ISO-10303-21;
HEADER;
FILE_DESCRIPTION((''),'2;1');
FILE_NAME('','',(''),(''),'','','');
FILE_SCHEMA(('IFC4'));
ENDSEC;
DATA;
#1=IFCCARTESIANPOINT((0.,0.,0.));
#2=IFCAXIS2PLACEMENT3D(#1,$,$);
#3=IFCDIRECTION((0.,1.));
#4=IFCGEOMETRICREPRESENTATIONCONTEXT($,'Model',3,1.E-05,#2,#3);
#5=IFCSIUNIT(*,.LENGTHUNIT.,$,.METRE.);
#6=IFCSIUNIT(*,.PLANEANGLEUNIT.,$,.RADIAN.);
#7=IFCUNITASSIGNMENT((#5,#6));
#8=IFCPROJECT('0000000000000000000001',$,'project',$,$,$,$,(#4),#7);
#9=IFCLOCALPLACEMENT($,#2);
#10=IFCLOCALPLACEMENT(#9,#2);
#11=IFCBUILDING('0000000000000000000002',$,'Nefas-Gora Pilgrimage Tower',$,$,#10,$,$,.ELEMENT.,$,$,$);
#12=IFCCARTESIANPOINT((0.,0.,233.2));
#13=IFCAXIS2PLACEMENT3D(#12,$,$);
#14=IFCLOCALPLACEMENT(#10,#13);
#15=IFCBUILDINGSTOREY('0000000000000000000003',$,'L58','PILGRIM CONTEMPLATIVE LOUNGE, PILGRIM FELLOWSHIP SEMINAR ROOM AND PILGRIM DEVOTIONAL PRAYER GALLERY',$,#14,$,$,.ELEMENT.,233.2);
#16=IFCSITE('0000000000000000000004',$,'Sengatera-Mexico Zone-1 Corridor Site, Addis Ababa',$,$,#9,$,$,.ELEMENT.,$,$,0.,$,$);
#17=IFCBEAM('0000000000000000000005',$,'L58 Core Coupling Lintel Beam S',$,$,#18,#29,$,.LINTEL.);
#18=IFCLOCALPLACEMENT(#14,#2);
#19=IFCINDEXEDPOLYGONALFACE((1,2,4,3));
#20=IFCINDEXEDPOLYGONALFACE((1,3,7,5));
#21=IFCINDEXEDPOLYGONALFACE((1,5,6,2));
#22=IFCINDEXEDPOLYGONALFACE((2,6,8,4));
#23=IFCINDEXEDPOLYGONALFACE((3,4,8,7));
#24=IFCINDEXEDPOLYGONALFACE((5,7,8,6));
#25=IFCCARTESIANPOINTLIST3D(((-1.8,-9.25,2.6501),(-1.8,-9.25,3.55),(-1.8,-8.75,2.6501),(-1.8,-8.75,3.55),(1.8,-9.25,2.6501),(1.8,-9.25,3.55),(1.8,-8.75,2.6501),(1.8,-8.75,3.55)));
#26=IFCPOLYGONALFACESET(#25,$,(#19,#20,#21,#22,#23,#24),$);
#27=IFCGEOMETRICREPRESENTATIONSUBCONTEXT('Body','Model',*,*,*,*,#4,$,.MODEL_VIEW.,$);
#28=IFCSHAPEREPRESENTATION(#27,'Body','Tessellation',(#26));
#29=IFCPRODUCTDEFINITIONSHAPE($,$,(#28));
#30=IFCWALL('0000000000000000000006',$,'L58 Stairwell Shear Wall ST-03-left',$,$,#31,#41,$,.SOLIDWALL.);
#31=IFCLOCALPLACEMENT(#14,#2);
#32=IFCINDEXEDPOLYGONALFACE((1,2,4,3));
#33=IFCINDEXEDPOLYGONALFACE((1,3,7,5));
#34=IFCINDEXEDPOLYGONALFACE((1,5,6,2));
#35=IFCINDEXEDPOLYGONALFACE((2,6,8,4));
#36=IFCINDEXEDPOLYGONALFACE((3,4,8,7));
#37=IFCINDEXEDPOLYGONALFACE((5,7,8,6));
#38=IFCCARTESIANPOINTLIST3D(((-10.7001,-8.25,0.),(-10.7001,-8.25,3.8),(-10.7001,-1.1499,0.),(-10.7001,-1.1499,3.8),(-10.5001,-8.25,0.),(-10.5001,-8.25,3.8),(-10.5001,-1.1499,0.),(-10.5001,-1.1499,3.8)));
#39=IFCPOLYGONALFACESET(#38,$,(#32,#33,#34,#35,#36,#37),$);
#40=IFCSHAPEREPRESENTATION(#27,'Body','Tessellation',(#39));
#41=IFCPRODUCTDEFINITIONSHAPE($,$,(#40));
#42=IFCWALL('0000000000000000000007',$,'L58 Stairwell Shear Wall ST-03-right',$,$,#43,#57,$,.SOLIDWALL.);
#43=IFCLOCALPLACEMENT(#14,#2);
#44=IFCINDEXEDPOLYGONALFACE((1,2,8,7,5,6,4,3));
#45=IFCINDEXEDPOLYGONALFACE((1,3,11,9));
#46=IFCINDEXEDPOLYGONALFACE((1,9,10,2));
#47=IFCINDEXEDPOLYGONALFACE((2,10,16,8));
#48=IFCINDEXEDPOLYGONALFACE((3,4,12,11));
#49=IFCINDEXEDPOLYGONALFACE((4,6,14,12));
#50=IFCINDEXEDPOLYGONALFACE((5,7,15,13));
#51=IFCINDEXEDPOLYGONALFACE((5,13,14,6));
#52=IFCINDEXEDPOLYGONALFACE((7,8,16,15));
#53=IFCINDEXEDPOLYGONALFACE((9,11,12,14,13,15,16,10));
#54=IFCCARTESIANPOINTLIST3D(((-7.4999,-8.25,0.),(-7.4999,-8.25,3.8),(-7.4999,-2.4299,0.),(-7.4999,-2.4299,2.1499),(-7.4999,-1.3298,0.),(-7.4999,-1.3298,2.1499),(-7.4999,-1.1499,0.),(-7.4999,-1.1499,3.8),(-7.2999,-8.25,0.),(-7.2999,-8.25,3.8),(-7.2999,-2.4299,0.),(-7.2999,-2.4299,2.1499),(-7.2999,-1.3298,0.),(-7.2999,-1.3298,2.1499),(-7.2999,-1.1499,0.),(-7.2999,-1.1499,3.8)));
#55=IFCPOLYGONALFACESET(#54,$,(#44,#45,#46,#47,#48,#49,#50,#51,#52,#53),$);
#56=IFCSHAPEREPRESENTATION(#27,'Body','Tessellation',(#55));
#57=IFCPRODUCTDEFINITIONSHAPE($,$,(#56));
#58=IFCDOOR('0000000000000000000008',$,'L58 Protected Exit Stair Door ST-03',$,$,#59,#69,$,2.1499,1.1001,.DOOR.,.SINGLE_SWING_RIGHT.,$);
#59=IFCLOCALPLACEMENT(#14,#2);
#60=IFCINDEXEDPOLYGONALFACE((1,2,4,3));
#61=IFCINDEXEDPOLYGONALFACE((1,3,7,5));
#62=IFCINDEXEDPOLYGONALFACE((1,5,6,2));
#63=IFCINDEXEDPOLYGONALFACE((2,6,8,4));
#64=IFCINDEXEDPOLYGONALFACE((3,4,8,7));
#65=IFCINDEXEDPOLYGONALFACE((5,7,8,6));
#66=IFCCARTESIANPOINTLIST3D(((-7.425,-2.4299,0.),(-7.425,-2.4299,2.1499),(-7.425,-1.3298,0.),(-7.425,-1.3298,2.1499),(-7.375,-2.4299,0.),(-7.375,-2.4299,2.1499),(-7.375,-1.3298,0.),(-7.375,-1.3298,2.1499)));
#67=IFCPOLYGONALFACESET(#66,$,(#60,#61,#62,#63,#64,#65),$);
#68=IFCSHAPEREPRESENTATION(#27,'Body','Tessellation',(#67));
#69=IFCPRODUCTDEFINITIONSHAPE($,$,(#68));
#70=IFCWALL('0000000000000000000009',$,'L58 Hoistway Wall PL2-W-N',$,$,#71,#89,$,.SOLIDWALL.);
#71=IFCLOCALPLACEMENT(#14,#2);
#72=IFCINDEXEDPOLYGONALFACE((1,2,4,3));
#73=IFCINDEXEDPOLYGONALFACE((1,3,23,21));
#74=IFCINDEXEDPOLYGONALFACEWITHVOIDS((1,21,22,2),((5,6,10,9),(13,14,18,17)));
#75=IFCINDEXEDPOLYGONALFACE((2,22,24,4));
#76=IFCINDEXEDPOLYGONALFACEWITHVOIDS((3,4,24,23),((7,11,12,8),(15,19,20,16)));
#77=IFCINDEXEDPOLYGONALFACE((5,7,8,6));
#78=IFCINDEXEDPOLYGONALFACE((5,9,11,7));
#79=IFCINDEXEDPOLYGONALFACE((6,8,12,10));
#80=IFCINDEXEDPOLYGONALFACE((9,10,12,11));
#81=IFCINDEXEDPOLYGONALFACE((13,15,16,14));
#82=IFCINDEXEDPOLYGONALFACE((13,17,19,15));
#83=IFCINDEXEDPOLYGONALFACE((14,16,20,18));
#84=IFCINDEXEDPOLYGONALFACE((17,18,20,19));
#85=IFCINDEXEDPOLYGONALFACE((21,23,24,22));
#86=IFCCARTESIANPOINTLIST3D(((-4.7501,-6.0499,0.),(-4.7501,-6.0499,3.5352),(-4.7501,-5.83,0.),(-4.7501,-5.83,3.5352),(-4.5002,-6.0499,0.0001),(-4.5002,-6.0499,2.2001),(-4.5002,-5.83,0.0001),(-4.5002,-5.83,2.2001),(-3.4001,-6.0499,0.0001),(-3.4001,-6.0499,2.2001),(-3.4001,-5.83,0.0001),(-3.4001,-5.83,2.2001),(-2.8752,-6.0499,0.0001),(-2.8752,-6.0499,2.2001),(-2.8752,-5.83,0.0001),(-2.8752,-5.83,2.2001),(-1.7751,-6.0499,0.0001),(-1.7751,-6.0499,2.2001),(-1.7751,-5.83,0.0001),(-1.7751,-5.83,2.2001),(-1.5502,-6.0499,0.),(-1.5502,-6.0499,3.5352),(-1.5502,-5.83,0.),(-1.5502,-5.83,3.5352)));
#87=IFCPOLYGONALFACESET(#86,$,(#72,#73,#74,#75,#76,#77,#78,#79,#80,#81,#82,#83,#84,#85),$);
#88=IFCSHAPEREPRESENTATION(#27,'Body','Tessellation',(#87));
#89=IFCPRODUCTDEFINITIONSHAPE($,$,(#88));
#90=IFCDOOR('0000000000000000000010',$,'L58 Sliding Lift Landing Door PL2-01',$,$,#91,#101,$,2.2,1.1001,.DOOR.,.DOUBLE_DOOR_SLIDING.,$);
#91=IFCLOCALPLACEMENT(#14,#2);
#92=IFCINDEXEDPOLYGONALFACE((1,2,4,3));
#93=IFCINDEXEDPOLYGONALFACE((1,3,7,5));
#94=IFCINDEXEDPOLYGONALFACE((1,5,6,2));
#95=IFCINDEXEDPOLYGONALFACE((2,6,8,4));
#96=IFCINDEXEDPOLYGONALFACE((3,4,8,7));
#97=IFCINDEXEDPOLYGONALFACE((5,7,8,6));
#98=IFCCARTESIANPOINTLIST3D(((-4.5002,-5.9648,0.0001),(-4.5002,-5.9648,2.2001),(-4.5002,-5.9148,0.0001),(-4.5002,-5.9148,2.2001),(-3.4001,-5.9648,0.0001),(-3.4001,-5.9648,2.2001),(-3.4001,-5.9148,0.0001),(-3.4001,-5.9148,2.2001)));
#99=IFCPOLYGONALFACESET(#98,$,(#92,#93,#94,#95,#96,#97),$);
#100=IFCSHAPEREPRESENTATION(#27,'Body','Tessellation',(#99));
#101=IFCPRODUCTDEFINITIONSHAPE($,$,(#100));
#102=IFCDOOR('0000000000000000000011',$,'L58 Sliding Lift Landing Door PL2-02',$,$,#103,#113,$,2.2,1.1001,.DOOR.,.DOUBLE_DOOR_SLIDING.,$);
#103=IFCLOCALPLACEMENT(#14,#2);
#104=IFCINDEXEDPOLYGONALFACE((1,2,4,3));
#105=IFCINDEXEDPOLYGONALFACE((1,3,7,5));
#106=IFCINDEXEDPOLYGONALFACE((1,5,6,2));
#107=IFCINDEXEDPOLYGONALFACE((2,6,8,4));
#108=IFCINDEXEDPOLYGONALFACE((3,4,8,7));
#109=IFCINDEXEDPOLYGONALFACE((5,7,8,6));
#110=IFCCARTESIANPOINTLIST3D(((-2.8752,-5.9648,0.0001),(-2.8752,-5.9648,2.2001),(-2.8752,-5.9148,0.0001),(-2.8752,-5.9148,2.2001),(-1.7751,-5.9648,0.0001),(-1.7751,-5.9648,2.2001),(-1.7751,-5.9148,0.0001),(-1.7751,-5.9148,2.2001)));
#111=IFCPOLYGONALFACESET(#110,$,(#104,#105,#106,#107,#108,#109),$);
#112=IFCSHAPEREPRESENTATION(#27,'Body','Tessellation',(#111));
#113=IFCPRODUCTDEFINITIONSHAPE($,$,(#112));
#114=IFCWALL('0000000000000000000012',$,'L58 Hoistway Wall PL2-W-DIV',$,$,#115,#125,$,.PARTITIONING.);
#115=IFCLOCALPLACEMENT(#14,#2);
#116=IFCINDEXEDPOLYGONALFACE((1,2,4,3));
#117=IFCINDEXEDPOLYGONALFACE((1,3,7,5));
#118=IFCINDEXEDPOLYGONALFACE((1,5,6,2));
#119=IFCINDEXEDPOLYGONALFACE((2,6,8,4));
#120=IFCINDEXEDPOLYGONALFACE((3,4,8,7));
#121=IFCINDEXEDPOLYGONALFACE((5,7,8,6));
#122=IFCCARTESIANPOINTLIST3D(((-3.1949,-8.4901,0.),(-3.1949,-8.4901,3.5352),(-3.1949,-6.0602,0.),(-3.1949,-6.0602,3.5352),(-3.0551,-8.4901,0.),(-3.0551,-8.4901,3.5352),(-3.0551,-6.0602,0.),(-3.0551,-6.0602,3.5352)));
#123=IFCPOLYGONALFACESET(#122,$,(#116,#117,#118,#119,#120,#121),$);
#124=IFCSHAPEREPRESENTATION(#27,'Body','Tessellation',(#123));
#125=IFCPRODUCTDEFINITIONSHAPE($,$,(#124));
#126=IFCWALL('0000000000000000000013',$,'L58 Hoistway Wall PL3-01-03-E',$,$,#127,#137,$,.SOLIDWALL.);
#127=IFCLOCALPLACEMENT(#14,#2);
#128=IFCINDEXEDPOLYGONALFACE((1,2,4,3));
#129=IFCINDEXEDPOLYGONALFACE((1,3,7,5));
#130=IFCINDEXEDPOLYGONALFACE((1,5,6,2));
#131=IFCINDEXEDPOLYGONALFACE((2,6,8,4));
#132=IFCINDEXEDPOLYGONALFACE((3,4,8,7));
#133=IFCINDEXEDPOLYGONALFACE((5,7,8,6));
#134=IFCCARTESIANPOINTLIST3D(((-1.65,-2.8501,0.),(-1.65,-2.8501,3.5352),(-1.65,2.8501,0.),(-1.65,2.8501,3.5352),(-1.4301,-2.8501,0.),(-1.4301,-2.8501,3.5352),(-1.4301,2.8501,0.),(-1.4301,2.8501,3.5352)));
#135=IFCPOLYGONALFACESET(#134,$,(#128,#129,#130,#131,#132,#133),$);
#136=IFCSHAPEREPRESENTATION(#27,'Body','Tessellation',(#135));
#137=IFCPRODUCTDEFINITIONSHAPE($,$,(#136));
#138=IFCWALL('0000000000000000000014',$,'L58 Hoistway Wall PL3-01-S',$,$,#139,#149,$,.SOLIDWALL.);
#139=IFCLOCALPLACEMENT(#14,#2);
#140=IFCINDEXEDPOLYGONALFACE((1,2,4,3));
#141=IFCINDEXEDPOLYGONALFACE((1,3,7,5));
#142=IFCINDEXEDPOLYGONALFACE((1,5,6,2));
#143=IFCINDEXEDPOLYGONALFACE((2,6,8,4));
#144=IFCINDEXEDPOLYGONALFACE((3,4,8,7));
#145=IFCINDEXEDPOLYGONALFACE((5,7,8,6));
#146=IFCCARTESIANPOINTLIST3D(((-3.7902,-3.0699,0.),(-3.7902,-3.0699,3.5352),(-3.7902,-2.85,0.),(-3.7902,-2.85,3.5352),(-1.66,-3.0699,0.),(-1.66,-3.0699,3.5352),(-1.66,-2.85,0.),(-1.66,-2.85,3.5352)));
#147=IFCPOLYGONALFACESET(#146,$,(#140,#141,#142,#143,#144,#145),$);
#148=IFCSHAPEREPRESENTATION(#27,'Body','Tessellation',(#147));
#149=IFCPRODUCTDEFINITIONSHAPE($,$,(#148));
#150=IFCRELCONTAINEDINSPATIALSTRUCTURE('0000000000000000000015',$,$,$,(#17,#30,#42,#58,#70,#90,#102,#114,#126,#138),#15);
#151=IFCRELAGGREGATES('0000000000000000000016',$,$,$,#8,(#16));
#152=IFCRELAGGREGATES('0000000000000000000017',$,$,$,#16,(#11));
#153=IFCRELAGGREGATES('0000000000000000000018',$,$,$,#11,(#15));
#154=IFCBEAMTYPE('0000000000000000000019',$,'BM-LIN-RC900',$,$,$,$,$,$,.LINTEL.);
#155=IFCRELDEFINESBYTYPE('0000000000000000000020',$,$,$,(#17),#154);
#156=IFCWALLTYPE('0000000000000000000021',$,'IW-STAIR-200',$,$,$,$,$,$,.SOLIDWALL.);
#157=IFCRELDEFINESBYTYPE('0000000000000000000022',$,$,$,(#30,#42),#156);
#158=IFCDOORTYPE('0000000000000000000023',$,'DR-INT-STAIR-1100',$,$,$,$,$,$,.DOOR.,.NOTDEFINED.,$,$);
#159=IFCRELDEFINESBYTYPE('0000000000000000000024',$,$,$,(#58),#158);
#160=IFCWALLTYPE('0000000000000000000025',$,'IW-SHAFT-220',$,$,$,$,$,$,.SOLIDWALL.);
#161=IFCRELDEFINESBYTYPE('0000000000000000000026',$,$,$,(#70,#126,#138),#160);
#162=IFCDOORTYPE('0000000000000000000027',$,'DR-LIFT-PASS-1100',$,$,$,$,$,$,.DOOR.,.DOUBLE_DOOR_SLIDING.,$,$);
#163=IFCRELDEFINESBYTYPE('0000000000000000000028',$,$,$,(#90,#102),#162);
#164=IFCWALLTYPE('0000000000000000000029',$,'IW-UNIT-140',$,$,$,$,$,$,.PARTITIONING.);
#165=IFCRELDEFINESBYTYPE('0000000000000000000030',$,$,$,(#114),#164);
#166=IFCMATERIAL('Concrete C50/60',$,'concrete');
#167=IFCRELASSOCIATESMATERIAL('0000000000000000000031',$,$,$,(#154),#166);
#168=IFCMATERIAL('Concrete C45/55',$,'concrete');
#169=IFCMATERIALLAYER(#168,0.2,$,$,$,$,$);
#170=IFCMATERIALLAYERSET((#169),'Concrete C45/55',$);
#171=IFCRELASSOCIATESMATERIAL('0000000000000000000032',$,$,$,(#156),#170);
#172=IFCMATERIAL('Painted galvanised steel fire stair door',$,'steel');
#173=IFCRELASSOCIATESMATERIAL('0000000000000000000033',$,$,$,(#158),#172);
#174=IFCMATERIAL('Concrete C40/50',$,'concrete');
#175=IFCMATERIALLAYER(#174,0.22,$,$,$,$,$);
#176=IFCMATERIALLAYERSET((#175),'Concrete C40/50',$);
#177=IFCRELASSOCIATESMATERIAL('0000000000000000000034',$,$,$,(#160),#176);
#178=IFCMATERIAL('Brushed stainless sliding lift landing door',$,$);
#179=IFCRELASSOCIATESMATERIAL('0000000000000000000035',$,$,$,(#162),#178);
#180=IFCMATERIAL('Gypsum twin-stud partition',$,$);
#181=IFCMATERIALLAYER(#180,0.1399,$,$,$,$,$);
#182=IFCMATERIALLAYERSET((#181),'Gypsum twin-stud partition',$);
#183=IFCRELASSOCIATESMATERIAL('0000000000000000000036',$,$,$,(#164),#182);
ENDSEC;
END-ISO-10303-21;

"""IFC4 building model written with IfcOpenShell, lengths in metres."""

from ifc_helpers import new_model, si_unit, direction, frame, frame_2d, origin, origin_2d, place, context, subcontext, project, spatial, rectangle, extrude, source, transform, mapped, material, layer, layer_set, material_profile, profile_set, type_object, element, fill, save


model = new_model("IFC4")

# Units and contexts
model_context = context("Model", 3, precision=1e-05, world=origin(), true_north=direction((0.0, 1.0)))
body_context = subcontext(model_context, "Body", "Model", "MODEL_VIEW")
ifc_project = project(units=[si_unit("LENGTHUNIT", "METRE"), si_unit("PLANEANGLEUNIT", "RADIAN")], contexts=[model_context])

# Site, building, storey
site_placement = place(None, origin())
site = spatial("IfcSite", under=ifc_project, at=site_placement, Name="Sengatera-Mexico Zone-1 Corridor Site, Addis Ababa", CompositionType="ELEMENT", RefElevation=0.0)
building_placement = place(site_placement, origin())
building = spatial("IfcBuilding", under=site, at=building_placement, Name="Nefas-Gora Pilgrimage Tower", CompositionType="ELEMENT")
storey_placement = place(building_placement, frame((0.0, 0.0, 233.2)))
storey = spatial("IfcBuildingStorey", under=building, at=storey_placement, Name="L58", Description="PILGRIM CONTEMPLATIVE LOUNGE, PILGRIM FELLOWSHIP SEMINAR ROOM AND PILGRIM DEVOTIONAL PRAYER GALLERY", CompositionType="ELEMENT", Elevation=233.2)

# Beam
ifc_material_1 = material(Name="Concrete C50/60", Category="concrete")
ifc_material_profile = material_profile(ifc_material_1, rectangle(XDim=0.5, YDim=0.8999, at=origin_2d()), Name="RC 500x900")
ifc_profile_set = profile_set([ifc_material_profile], Name="Concrete C50/60")
beam_type = type_object("IfcBeamType", Name="BM-LIN-RC900", PredefinedType="LINTEL", material=ifc_profile_set)
shared_shape_1 = source(origin(), body_context, "Body", "SweptSolid", [
    extrude(rectangle(XDim=0.5, YDim=0.8999, at=origin_2d()), origin(), (0.0, 0.0, 1.0), 3.6001),
])
beam_placement = place(storey_placement, frame((-1.8, -9.0, 3.1001), z_axis=(1.0, 0.0, 0.0), x_axis=(0.0, 1.0, 0.0)))
element("IfcBeam", 1, at=beam_placement, inside=storey, type_object=beam_type, Name="L58 Core Coupling Lintel Beam S", PredefinedType="LINTEL", context=body_context, shape_type="MappedRepresentation", body=[
    mapped(shared_shape_1, transform((0.0, 0.0, 0.0), x_axis=(1.0, 0.0, 0.0), y_axis=(0.0, 1.0, 0.0), z_axis=(0.0, 0.0, 1.0), scale=1.0)),
])

# Wall
ifc_material_2 = material(Name="Concrete C45/55", Category="concrete")
ifc_layer_1 = layer(ifc_material_2, 0.2)
ifc_layer_set_1 = layer_set([ifc_layer_1], Name="Concrete C45/55")
wall_type_1 = type_object("IfcWallType", Name="IW-STAIR-200", PredefinedType="SOLIDWALL", material=ifc_layer_set_1)
shared_shape_2 = source(origin(), body_context, "Body", "SweptSolid", [
    extrude(rectangle(XDim=7.1001, YDim=0.2, at=frame_2d((3.55, 0.0))), origin(), (0.0, 0.0, 1.0), 3.8),
])
wall_1_placement = place(storey_placement, frame((-10.6001, -1.1499, 0.0), z_axis=(0.0, 0.0, 1.0), x_axis=(0.0, -1.0, 0.0)))
element("IfcWall", 2, at=wall_1_placement, inside=storey, type_object=wall_type_1, Name="L58 Stairwell Shear Wall ST-03-left", PredefinedType="SOLIDWALL", context=body_context, shape_type="MappedRepresentation", body=[
    mapped(shared_shape_2, transform((0.0, 0.0, 0.0), x_axis=(1.0, 0.0, 0.0), y_axis=(0.0, 1.0, 0.0), z_axis=(0.0, 0.0, 1.0), scale=1.0)),
])

# Wall, opening, door
wall_2_placement = place(storey_placement, frame((-7.3999, -1.1499, 0.0), z_axis=(0.0, 0.0, 1.0), x_axis=(0.0, -1.0, 0.0)))
wall_2 = element("IfcWall", 3, at=wall_2_placement, inside=storey, type_object=wall_type_1, Name="L58 Stairwell Shear Wall ST-03-right", PredefinedType="SOLIDWALL", context=body_context, shape_type="MappedRepresentation", body=[
    mapped(shared_shape_2, transform((0.0, 0.0, 0.0), x_axis=(1.0, 0.0, 0.0), y_axis=(0.0, 1.0, 0.0), z_axis=(0.0, 0.0, 1.0), scale=1.0)),
])
opening_1_placement = place(wall_2_placement, frame((0.1799, 0.0, 0.0)))
opening_1 = element("IfcOpeningElement", 4, at=opening_1_placement, cuts=wall_2, PredefinedType="OPENING", context=body_context, shape_type="SweptSolid", body=[
    extrude(rectangle(XDim=1.1001, YDim=2.1499, at=frame_2d((0.55, 1.075))), frame((0.0, 0.1099, 0.0), z_axis=(0.0, -1.0, 0.0), x_axis=(1.0, 0.0, 0.0)), (0.0, 0.0, 1.0), 0.22),
])
ifc_material_3 = material(Name="Painted galvanised steel fire stair door", Category="steel")
door_type_1 = type_object("IfcDoorType", Name="DR-INT-STAIR-1100", OperationType="NOTDEFINED", PredefinedType="DOOR", material=ifc_material_3)
shared_shape_3 = source(origin(), body_context, "Body", "SweptSolid", [
    extrude(rectangle(XDim=1.1001, YDim=2.1499, at=frame_2d((0.55, 1.075))), frame((0.0, 0.0249, 0.0), z_axis=(0.0, -1.0, 0.0), x_axis=(1.0, 0.0, 0.0)), (0.0, 0.0, 1.0), 0.05),
])
door_1_placement = place(opening_1_placement, origin())
door_1 = element("IfcDoor", 5, at=door_1_placement, inside=storey, type_object=door_type_1, Name="L58 Protected Exit Stair Door ST-03", OperationType="SINGLE_SWING_RIGHT", OverallHeight=2.1499, OverallWidth=1.1001, PredefinedType="DOOR", context=body_context, shape_type="MappedRepresentation", body=[
    mapped(shared_shape_3, transform((0.0, 0.0, 0.0), x_axis=(1.0, 0.0, 0.0), y_axis=(0.0, 1.0, 0.0), z_axis=(0.0, 0.0, 1.0), scale=1.0)),
])
fill(opening_1, door_1)

# Wall, openings, doors
ifc_material_4 = material(Name="Concrete C40/50", Category="concrete")
ifc_layer_2 = layer(ifc_material_4, 0.22)
ifc_layer_set_2 = layer_set([ifc_layer_2], Name="Concrete C40/50")
wall_type_2 = type_object("IfcWallType", Name="IW-SHAFT-220", PredefinedType="SOLIDWALL", material=ifc_layer_set_2)
shared_shape_4 = source(origin(), body_context, "Body", "SweptSolid", [
    extrude(rectangle(XDim=3.2, YDim=0.22, at=frame_2d((1.6001, 0.0))), origin(), (0.0, 0.0, 1.0), 3.5352),
])
wall_3_placement = place(storey_placement, frame((-1.55, -5.9399, 0.0), z_axis=(0.0, 0.0, 1.0), x_axis=(-1.0, 0.0, 0.0)))
wall_3 = element("IfcWall", 6, at=wall_3_placement, inside=storey, type_object=wall_type_2, Name="L58 Hoistway Wall PL2-W-N", PredefinedType="SOLIDWALL", context=body_context, shape_type="MappedRepresentation", body=[
    mapped(shared_shape_4, transform((0.0, 0.0, 0.0), x_axis=(1.0, 0.0, 0.0), y_axis=(0.0, 1.0, 0.0), z_axis=(0.0, 0.0, 1.0), scale=1.0)),
])
opening_2_placement = place(wall_3_placement, frame((1.8501, 0.0, 0.0)))
opening_2 = element("IfcOpeningElement", 7, at=opening_2_placement, cuts=wall_3, PredefinedType="OPENING", context=body_context, shape_type="SweptSolid", body=[
    extrude(rectangle(XDim=1.1001, YDim=2.2, at=frame_2d((0.55, 1.1001))), frame((0.0, 0.1199, 0.0), z_axis=(0.0, -1.0, 0.0), x_axis=(1.0, 0.0, 0.0)), (0.0, 0.0, 1.0), 0.24),
])
opening_3_placement = place(wall_3_placement, frame((0.2251, 0.0, 0.0)))
opening_3 = element("IfcOpeningElement", 8, at=opening_3_placement, cuts=wall_3, PredefinedType="OPENING", context=body_context, shape_type="SweptSolid", body=[
    extrude(rectangle(XDim=1.1001, YDim=2.2, at=frame_2d((0.55, 1.1001))), frame((0.0, 0.1199, 0.0), z_axis=(0.0, -1.0, 0.0), x_axis=(1.0, 0.0, 0.0)), (0.0, 0.0, 1.0), 0.24),
])
ifc_material_5 = material(Name="Brushed stainless sliding lift landing door")
door_type_2 = type_object("IfcDoorType", Name="DR-LIFT-PASS-1100", OperationType="DOUBLE_DOOR_SLIDING", PredefinedType="DOOR", material=ifc_material_5)
shared_shape_5 = source(origin(), body_context, "Body", "SweptSolid", [
    extrude(rectangle(XDim=1.1001, YDim=2.2, at=frame_2d((0.55, 1.1001))), frame((0.0, 0.0249, 0.0), z_axis=(0.0, -1.0, 0.0), x_axis=(1.0, 0.0, 0.0)), (0.0, 0.0, 1.0), 0.05),
])
door_2_placement = place(opening_2_placement, origin())
door_2 = element("IfcDoor", 9, at=door_2_placement, inside=storey, type_object=door_type_2, Name="L58 Sliding Lift Landing Door PL2-01", OperationType="DOUBLE_DOOR_SLIDING", OverallHeight=2.2, OverallWidth=1.1001, PredefinedType="DOOR", context=body_context, shape_type="MappedRepresentation", body=[
    mapped(shared_shape_5, transform((0.0, 0.0, 0.0), x_axis=(1.0, 0.0, 0.0), y_axis=(0.0, 1.0, 0.0), z_axis=(0.0, 0.0, 1.0), scale=1.0)),
])
fill(opening_2, door_2)
door_3_placement = place(opening_3_placement, origin())
door_3 = element("IfcDoor", 10, at=door_3_placement, inside=storey, type_object=door_type_2, Name="L58 Sliding Lift Landing Door PL2-02", OperationType="DOUBLE_DOOR_SLIDING", OverallHeight=2.2, OverallWidth=1.1001, PredefinedType="DOOR", context=body_context, shape_type="MappedRepresentation", body=[
    mapped(shared_shape_5, transform((0.0, 0.0, 0.0), x_axis=(1.0, 0.0, 0.0), y_axis=(0.0, 1.0, 0.0), z_axis=(0.0, 0.0, 1.0), scale=1.0)),
])
fill(opening_3, door_3)

# Walls
ifc_material_6 = material(Name="Gypsum twin-stud partition")
ifc_layer_3 = layer(ifc_material_6, 0.1399)
ifc_layer_set_3 = layer_set([ifc_layer_3], Name="Gypsum twin-stud partition")
wall_type_3 = type_object("IfcWallType", Name="IW-UNIT-140", PredefinedType="PARTITIONING", material=ifc_layer_set_3)
shared_shape_6 = source(origin(), body_context, "Body", "SweptSolid", [
    extrude(rectangle(XDim=2.4299, YDim=0.1399, at=frame_2d((1.2148, 0.0))), origin(), (0.0, 0.0, 1.0), 3.5352),
])
wall_4_placement = place(storey_placement, frame((-3.125, -8.49, 0.0), z_axis=(0.0, 0.0, 1.0), x_axis=(0.0, 1.0, 0.0)))
element("IfcWall", 11, at=wall_4_placement, inside=storey, type_object=wall_type_3, Name="L58 Hoistway Wall PL2-W-DIV", PredefinedType="PARTITIONING", context=body_context, shape_type="MappedRepresentation", body=[
    mapped(shared_shape_6, transform((0.0, 0.0, 0.0), x_axis=(1.0, 0.0, 0.0), y_axis=(0.0, 1.0, 0.0), z_axis=(0.0, 0.0, 1.0), scale=1.0)),
])
shared_shape_7 = source(origin(), body_context, "Body", "SweptSolid", [
    extrude(rectangle(XDim=5.7002, YDim=0.22, at=frame_2d((2.8501, 0.0))), origin(), (0.0, 0.0, 1.0), 3.5352),
])
wall_5_placement = place(storey_placement, frame((-1.54, -2.8501, 0.0), z_axis=(0.0, 0.0, 1.0), x_axis=(0.0, 1.0, 0.0)))
element("IfcWall", 12, at=wall_5_placement, inside=storey, type_object=wall_type_2, Name="L58 Hoistway Wall PL3-01-03-E", PredefinedType="SOLIDWALL", context=body_context, shape_type="MappedRepresentation", body=[
    mapped(shared_shape_7, transform((0.0, 0.0, 0.0), x_axis=(1.0, 0.0, 0.0), y_axis=(0.0, 1.0, 0.0), z_axis=(0.0, 0.0, 1.0), scale=1.0)),
])
shared_shape_8 = source(origin(), body_context, "Body", "SweptSolid", [
    extrude(rectangle(XDim=2.1301, YDim=0.22, at=frame_2d((1.0649, 0.0))), origin(), (0.0, 0.0, 1.0), 3.5352),
])
wall_6_placement = place(storey_placement, frame((-3.79, -2.96, 0.0), z_axis=(0.0, 0.0, 1.0), x_axis=(1.0, 0.0, 0.0)))
element("IfcWall", 13, at=wall_6_placement, inside=storey, type_object=wall_type_2, Name="L58 Hoistway Wall PL3-01-S", PredefinedType="SOLIDWALL", context=body_context, shape_type="MappedRepresentation", body=[
    mapped(shared_shape_8, transform((0.0, 0.0, 0.0), x_axis=(1.0, 0.0, 0.0), y_axis=(0.0, 1.0, 0.0), z_axis=(0.0, 0.0, 1.0), scale=1.0)),
])

save(model, "model.ifc")
